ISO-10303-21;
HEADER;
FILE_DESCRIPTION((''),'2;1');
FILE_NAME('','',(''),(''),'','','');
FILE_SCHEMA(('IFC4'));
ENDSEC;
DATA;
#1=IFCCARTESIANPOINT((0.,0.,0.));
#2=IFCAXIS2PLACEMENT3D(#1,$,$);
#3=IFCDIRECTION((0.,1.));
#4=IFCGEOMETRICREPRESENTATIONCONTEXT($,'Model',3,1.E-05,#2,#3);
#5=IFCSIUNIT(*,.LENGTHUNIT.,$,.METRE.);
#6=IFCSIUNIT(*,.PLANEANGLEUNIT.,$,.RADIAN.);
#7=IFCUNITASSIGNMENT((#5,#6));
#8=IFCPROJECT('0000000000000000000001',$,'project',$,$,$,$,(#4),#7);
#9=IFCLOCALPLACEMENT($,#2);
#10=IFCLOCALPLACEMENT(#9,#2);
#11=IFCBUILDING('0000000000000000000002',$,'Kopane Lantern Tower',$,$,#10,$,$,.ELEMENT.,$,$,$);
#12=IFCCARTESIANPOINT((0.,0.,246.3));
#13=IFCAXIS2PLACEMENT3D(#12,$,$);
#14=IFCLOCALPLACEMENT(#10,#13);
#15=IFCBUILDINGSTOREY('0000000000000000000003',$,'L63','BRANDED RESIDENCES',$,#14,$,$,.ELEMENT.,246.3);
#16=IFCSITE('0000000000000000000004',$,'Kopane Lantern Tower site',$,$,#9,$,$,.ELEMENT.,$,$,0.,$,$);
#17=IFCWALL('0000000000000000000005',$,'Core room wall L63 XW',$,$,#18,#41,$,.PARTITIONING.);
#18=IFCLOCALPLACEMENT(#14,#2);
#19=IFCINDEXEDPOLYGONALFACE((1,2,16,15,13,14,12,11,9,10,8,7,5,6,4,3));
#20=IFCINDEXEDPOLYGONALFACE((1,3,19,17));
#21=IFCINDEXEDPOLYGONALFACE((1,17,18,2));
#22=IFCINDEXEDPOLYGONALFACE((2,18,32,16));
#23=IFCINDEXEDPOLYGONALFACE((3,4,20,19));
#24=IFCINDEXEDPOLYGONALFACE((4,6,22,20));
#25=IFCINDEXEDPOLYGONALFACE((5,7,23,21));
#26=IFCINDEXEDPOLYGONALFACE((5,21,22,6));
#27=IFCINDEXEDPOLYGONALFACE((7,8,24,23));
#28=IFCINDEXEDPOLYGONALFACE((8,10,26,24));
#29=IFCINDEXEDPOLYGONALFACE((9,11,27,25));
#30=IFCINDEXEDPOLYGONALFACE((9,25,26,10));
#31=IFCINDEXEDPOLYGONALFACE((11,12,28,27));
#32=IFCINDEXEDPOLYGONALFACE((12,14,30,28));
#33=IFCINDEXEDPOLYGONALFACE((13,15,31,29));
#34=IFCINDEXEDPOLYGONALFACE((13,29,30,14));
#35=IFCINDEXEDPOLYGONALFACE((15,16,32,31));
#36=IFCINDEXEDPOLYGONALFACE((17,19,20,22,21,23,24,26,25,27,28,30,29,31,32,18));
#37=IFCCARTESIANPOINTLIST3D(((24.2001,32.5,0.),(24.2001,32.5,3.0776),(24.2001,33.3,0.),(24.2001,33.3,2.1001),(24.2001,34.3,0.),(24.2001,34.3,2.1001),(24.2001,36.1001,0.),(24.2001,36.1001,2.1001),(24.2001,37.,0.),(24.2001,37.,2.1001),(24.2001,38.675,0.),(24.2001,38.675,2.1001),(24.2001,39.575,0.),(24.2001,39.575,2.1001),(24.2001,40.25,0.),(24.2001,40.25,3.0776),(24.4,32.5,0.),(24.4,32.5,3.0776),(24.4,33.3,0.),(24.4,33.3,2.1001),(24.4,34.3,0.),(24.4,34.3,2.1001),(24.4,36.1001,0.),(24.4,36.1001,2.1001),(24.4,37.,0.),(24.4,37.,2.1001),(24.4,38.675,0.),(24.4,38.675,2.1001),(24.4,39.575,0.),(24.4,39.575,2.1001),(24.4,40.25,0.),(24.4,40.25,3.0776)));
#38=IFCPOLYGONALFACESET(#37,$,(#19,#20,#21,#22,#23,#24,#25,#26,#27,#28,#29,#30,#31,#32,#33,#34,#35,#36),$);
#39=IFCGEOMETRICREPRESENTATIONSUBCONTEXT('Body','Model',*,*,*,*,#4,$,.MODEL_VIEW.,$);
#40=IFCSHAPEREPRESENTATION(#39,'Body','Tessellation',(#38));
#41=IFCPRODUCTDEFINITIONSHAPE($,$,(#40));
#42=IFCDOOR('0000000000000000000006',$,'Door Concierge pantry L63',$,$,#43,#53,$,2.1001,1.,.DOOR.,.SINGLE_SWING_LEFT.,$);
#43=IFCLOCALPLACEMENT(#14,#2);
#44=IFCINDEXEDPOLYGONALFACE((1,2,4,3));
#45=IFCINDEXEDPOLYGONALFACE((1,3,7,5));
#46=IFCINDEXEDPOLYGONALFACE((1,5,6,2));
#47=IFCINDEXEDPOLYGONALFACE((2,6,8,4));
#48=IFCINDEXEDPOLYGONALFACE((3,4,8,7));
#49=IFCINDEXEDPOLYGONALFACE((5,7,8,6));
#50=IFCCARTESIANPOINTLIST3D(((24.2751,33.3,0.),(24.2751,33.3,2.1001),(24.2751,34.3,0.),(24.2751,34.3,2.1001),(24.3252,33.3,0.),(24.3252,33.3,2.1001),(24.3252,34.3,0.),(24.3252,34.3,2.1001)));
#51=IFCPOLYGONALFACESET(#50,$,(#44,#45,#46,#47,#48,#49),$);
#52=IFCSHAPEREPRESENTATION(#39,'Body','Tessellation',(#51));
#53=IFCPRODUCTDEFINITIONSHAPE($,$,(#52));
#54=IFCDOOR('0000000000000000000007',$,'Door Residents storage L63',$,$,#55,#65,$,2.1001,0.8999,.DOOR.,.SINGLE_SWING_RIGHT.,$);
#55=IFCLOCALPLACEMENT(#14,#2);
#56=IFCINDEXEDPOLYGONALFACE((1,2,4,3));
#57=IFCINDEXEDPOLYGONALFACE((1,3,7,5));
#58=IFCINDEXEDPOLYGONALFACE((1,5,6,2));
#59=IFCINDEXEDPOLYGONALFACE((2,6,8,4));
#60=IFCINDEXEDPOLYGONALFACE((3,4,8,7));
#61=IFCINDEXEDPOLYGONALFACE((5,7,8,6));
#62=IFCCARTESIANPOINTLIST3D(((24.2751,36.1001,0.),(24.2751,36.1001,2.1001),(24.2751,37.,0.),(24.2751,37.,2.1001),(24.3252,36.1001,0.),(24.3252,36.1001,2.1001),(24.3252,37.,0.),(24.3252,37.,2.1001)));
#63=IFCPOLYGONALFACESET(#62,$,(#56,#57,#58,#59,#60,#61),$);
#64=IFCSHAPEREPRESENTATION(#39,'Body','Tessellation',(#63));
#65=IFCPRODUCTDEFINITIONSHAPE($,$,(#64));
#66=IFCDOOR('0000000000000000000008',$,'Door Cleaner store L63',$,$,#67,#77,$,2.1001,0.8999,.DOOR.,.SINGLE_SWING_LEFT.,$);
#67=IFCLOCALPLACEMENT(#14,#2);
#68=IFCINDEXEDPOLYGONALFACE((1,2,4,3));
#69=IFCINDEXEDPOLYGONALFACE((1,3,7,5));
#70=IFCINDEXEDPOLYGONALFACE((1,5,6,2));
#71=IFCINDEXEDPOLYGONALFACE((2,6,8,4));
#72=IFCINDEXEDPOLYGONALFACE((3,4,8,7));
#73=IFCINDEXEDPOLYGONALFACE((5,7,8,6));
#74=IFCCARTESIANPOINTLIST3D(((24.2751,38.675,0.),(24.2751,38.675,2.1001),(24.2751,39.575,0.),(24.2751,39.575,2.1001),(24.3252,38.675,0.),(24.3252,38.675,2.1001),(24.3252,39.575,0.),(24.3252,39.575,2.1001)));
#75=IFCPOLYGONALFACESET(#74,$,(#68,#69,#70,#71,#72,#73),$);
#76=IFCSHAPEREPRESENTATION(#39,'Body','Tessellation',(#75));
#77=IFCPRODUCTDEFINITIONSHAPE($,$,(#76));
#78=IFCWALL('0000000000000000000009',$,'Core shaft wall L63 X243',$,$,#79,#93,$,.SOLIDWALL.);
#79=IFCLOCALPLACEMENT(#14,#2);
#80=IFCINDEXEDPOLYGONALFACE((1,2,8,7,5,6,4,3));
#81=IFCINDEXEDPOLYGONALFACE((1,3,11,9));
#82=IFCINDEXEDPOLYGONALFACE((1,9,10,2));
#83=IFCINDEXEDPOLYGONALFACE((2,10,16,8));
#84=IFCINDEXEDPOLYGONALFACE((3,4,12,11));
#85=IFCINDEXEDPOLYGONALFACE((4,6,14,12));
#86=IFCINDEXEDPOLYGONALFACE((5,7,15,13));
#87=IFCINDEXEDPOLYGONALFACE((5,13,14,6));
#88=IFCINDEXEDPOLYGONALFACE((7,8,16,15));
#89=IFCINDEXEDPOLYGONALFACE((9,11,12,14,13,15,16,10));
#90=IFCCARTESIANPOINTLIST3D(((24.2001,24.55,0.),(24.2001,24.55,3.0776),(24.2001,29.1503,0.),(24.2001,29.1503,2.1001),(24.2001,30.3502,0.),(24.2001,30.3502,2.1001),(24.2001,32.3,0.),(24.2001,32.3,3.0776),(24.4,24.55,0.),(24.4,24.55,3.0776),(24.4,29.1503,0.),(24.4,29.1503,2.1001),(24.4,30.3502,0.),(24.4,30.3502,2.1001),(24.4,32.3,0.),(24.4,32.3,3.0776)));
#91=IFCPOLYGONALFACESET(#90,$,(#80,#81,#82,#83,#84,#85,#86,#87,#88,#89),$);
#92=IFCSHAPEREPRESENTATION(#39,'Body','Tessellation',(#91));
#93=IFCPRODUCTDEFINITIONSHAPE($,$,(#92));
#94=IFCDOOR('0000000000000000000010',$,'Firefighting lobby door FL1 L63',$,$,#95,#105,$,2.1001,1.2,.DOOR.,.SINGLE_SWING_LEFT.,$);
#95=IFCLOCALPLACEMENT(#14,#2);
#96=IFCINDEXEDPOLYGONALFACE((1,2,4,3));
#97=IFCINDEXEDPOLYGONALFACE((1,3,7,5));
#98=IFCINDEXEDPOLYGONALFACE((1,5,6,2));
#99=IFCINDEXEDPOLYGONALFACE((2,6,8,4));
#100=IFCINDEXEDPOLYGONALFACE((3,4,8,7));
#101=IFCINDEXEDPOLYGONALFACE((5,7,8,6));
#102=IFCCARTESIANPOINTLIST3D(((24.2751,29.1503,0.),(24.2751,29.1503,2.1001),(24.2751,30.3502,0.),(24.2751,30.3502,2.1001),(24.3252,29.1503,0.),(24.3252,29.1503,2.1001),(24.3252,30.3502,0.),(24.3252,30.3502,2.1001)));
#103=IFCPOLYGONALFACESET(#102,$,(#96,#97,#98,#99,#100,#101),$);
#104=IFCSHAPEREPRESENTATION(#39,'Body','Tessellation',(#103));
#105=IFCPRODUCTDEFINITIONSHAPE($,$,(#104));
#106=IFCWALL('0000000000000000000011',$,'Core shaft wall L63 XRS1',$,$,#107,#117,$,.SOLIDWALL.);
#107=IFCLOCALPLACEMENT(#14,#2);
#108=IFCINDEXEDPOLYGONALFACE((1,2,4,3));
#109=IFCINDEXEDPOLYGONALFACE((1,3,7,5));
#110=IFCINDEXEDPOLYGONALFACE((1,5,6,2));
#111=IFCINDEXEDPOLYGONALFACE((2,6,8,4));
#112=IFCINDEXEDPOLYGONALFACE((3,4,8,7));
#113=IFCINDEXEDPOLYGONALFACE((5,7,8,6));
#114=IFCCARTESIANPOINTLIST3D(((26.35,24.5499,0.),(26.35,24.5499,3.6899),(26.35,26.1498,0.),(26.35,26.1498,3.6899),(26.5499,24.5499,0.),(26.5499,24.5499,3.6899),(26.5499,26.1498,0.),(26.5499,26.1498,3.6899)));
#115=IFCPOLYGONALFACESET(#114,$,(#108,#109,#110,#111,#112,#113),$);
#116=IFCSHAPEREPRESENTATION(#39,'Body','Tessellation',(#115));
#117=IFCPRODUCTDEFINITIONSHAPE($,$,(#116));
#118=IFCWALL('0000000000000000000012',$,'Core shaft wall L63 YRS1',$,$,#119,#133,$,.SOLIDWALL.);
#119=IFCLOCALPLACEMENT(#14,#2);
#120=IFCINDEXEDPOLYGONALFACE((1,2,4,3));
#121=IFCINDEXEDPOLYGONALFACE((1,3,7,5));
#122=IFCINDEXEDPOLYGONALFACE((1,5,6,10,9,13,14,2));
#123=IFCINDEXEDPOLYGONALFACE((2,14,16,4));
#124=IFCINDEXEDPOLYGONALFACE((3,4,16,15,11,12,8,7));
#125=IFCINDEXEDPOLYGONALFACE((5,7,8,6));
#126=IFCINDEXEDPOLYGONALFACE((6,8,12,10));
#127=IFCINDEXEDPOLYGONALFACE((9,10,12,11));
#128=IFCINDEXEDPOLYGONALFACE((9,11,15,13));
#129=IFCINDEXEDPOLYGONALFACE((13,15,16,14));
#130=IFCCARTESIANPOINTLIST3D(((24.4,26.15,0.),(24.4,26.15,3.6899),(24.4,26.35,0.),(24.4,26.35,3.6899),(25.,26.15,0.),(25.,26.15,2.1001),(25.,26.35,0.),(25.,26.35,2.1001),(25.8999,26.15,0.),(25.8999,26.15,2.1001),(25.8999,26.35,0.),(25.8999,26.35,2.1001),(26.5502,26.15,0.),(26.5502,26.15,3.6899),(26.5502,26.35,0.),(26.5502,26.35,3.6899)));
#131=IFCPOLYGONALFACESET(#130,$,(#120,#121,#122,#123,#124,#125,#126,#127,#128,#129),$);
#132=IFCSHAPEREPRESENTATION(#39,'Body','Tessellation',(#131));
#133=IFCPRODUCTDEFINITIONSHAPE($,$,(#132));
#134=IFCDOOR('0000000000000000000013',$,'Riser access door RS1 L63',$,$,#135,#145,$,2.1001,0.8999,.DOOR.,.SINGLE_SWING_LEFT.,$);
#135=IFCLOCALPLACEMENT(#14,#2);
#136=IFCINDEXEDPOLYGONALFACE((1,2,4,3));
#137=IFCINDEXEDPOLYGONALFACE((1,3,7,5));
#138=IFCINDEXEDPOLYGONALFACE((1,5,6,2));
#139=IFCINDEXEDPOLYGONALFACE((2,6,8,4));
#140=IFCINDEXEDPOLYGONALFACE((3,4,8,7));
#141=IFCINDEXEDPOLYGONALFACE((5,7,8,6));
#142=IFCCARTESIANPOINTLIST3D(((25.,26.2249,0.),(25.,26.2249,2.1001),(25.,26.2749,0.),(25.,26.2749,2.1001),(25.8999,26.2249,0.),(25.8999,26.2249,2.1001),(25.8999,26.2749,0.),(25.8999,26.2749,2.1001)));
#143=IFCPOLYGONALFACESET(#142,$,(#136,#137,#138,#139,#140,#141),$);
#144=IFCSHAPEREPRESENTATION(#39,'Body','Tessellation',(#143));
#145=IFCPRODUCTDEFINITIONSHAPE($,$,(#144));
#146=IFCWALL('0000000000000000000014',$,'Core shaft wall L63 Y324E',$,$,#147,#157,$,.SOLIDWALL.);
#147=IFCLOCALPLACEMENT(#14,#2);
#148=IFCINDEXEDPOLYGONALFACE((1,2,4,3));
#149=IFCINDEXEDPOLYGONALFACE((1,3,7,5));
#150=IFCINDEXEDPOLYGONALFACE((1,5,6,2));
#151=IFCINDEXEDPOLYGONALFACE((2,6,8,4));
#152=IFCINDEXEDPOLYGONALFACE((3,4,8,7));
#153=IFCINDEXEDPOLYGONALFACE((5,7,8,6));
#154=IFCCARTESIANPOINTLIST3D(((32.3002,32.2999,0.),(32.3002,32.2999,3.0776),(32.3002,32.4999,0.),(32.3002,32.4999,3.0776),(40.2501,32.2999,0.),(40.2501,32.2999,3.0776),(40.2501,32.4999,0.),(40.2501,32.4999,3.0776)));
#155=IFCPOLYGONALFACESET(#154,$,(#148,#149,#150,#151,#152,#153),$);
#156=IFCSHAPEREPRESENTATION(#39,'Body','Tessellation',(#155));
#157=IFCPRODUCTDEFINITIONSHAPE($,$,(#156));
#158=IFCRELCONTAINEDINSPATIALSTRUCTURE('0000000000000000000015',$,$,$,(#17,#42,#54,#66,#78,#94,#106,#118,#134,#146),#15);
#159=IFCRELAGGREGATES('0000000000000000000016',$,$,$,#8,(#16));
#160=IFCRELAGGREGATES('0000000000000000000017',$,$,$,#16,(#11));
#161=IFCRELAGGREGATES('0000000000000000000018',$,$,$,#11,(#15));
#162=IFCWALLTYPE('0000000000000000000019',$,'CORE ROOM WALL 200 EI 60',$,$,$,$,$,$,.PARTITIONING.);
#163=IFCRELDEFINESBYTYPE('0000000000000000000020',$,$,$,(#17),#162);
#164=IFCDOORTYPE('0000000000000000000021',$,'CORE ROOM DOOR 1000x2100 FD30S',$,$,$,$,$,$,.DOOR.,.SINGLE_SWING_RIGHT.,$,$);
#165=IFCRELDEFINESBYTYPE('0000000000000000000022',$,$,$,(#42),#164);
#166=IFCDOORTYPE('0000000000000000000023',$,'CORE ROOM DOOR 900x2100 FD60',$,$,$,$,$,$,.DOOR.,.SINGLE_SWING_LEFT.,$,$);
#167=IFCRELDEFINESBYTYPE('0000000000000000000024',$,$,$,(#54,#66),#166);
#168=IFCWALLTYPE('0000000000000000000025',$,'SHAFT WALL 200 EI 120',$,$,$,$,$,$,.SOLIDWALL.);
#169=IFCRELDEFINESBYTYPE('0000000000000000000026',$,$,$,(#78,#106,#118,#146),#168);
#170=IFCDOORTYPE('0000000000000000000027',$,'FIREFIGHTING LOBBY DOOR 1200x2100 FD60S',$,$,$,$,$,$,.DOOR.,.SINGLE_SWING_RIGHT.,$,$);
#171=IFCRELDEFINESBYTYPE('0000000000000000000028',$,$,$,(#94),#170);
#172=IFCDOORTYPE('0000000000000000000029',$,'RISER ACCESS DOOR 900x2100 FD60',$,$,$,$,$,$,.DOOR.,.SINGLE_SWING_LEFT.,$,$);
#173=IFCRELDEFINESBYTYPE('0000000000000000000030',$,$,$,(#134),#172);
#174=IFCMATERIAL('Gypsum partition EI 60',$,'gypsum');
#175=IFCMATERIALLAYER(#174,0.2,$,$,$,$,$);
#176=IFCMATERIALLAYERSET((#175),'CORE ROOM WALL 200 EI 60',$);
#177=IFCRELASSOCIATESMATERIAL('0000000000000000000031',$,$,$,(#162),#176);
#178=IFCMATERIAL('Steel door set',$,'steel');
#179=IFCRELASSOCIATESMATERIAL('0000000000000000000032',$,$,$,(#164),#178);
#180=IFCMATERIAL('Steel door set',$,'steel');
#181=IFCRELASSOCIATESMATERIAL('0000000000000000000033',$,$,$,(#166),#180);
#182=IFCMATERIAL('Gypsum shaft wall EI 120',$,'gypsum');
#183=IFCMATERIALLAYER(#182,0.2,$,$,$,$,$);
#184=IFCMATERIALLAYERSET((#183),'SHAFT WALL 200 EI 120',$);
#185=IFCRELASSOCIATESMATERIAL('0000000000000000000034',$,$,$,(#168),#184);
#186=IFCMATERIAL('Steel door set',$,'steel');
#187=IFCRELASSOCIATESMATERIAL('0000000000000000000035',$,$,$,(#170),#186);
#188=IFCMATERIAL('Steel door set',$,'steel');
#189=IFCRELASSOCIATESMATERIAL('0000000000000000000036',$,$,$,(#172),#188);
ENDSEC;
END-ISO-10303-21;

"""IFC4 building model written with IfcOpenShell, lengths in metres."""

from ifc_helpers import new_model, si_unit, direction, frame, frame_2d, origin, place, context, subcontext, project, spatial, rectangle, extrude, material, layer, layer_set, type_object, element, fill, save


model = new_model("IFC4")

# Units and contexts
model_context = context("Model", 3, precision=1e-05, world=origin(), true_north=direction((0.0, 1.0)))
body_context = subcontext(model_context, "Body", "Model", "MODEL_VIEW")
ifc_project = project(units=[si_unit("LENGTHUNIT", "METRE"), si_unit("PLANEANGLEUNIT", "RADIAN")], contexts=[model_context])

# Site, building, storey
site_placement = place(None, origin())
site = spatial("IfcSite", under=ifc_project, at=site_placement, Name="Kopane Lantern Tower site", CompositionType="ELEMENT", RefElevation=0.0)
building_placement = place(site_placement, origin())
building = spatial("IfcBuilding", under=site, at=building_placement, Name="Kopane Lantern Tower", CompositionType="ELEMENT")
storey_placement = place(building_placement, frame((0.0, 0.0, 246.3)))
storey = spatial("IfcBuildingStorey", under=building, at=storey_placement, Name="L63", Description="BRANDED RESIDENCES", CompositionType="ELEMENT", Elevation=246.3)

# Wall, openings, doors
ifc_material_1 = material(Name="Gypsum partition EI 60", Category="gypsum")
ifc_layer_1 = layer(ifc_material_1, 0.2)
ifc_layer_set_1 = layer_set([ifc_layer_1], Name="CORE ROOM WALL 200 EI 60")
wall_type_1 = type_object("IfcWallType", Name="CORE ROOM WALL 200 EI 60", PredefinedType="PARTITIONING", material=ifc_layer_set_1)
wall_1_placement = place(storey_placement, frame((24.3, 32.5, 0.0), z_axis=(0.0, 0.0, 1.0), x_axis=(0.0, 1.0, 0.0)))
wall_1 = element("IfcWall", 1, at=wall_1_placement, inside=storey, type_object=wall_type_1, Name="Core room wall L63 XW", PredefinedType="PARTITIONING", context=body_context, shape_type="SweptSolid", body=[
    extrude(rectangle(XDim=7.75, YDim=0.2, at=frame_2d((3.875, 0.0))), origin(), (0.0, 0.0, 1.0), 3.0776),
])
opening_1_placement = place(wall_1_placement, frame((0.8, 0.0, 0.0)))
opening_1 = element("IfcOpeningElement", 2, at=opening_1_placement, cuts=wall_1, PredefinedType="OPENING", context=body_context, shape_type="SweptSolid", body=[
    extrude(rectangle(XDim=1.0, YDim=2.1001, at=frame_2d((0.5, 1.05))), frame((0.0, 0.1099, 0.0), z_axis=(0.0, -1.0, 0.0), x_axis=(1.0, 0.0, 0.0)), (0.0, 0.0, 1.0), 0.22),
])
opening_2_placement = place(wall_1_placement, frame((3.6001, 0.0, 0.0)))
opening_2 = element("IfcOpeningElement", 3, at=opening_2_placement, cuts=wall_1, PredefinedType="OPENING", context=body_context, shape_type="SweptSolid", body=[
    extrude(rectangle(XDim=0.8999, YDim=2.1001, at=frame_2d((0.45, 1.05))), frame((0.0, 0.1099, 0.0), z_axis=(0.0, -1.0, 0.0), x_axis=(1.0, 0.0, 0.0)), (0.0, 0.0, 1.0), 0.22),
])
opening_3_placement = place(wall_1_placement, frame((6.175, 0.0, 0.0)))
opening_3 = element("IfcOpeningElement", 4, at=opening_3_placement, cuts=wall_1, PredefinedType="OPENING", context=body_context, shape_type="SweptSolid", body=[
    extrude(rectangle(XDim=0.8999, YDim=2.1001, at=frame_2d((0.45, 1.05))), frame((0.0, 0.1099, 0.0), z_axis=(0.0, -1.0, 0.0), x_axis=(1.0, 0.0, 0.0)), (0.0, 0.0, 1.0), 0.22),
])
ifc_material_2 = material(Name="Steel door set", Category="steel")
door_type_1 = type_object("IfcDoorType", Name="CORE ROOM DOOR 1000x2100 FD30S", OperationType="SINGLE_SWING_RIGHT", PredefinedType="DOOR", material=ifc_material_2)
door_1_placement = place(opening_1_placement, origin())
door_1 = element("IfcDoor", 5, at=door_1_placement, inside=storey, type_object=door_type_1, Name="Door Concierge pantry L63", OperationType="SINGLE_SWING_LEFT", OverallHeight=2.1001, OverallWidth=1.0, PredefinedType="DOOR", context=body_context, shape_type="SweptSolid", body=[
    extrude(rectangle(XDim=1.0, YDim=2.1001, at=frame_2d((0.5, 1.05))), frame((0.0, 0.0249, 0.0), z_axis=(0.0, -1.0, 0.0), x_axis=(1.0, 0.0, 0.0)), (0.0, 0.0, 1.0), 0.05),
])
fill(opening_1, door_1)
ifc_material_3 = material(Name="Steel door set", Category="steel")
door_type_2 = type_object("IfcDoorType", Name="CORE ROOM DOOR 900x2100 FD60", OperationType="SINGLE_SWING_LEFT", PredefinedType="DOOR", material=ifc_material_3)
door_2_placement = place(opening_2_placement, origin())
door_2 = element("IfcDoor", 6, at=door_2_placement, inside=storey, type_object=door_type_2, Name="Door Residents storage L63", OperationType="SINGLE_SWING_RIGHT", OverallHeight=2.1001, OverallWidth=0.8999, PredefinedType="DOOR", context=body_context, shape_type="SweptSolid", body=[
    extrude(rectangle(XDim=0.8999, YDim=2.1001, at=frame_2d((0.45, 1.05))), frame((0.0, 0.0249, 0.0), z_axis=(0.0, -1.0, 0.0), x_axis=(1.0, 0.0, 0.0)), (0.0, 0.0, 1.0), 0.05),
])
fill(opening_2, door_2)
door_3_placement = place(opening_3_placement, origin())
door_3 = element("IfcDoor", 7, at=door_3_placement, inside=storey, type_object=door_type_2, Name="Door Cleaner store L63", OperationType="SINGLE_SWING_LEFT", OverallHeight=2.1001, OverallWidth=0.8999, PredefinedType="DOOR", context=body_context, shape_type="SweptSolid", body=[
    extrude(rectangle(XDim=0.8999, YDim=2.1001, at=frame_2d((0.45, 1.05))), frame((0.0, 0.0249, 0.0), z_axis=(0.0, -1.0, 0.0), x_axis=(1.0, 0.0, 0.0)), (0.0, 0.0, 1.0), 0.05),
])
fill(opening_3, door_3)

# Wall, opening, door
ifc_material_4 = material(Name="Gypsum shaft wall EI 120", Category="gypsum")
ifc_layer_2 = layer(ifc_material_4, 0.2)
ifc_layer_set_2 = layer_set([ifc_layer_2], Name="SHAFT WALL 200 EI 120")
wall_type_2 = type_object("IfcWallType", Name="SHAFT WALL 200 EI 120", PredefinedType="SOLIDWALL", material=ifc_layer_set_2)
wall_2_placement = place(storey_placement, frame((24.3, 24.55, 0.0), z_axis=(0.0, 0.0, 1.0), x_axis=(0.0, 1.0, 0.0)))
wall_2 = element("IfcWall", 8, at=wall_2_placement, inside=storey, type_object=wall_type_2, Name="Core shaft wall L63 X243", PredefinedType="SOLIDWALL", context=body_context, shape_type="SweptSolid", body=[
    extrude(rectangle(XDim=7.75, YDim=0.2, at=frame_2d((3.875, 0.0))), origin(), (0.0, 0.0, 1.0), 3.0776),
])
opening_4_placement = place(wall_2_placement, frame((4.6001, 0.0, 0.0)))
opening_4 = element("IfcOpeningElement", 9, at=opening_4_placement, cuts=wall_2, PredefinedType="OPENING", context=body_context, shape_type="SweptSolid", body=[
    extrude(rectangle(XDim=1.2, YDim=2.1001, at=frame_2d((0.6001, 1.05))), frame((0.0, 0.1099, 0.0), z_axis=(0.0, -1.0, 0.0), x_axis=(1.0, 0.0, 0.0)), (0.0, 0.0, 1.0), 0.22),
])
ifc_material_5 = material(Name="Steel door set", Category="steel")
door_type_3 = type_object("IfcDoorType", Name="FIREFIGHTING LOBBY DOOR 1200x2100 FD60S", OperationType="SINGLE_SWING_RIGHT", PredefinedType="DOOR", material=ifc_material_5)
door_4_placement = place(opening_4_placement, origin())
door_4 = element("IfcDoor", 10, at=door_4_placement, inside=storey, type_object=door_type_3, Name="Firefighting lobby door FL1 L63", OperationType="SINGLE_SWING_LEFT", OverallHeight=2.1001, OverallWidth=1.2, PredefinedType="DOOR", context=body_context, shape_type="SweptSolid", body=[
    extrude(rectangle(XDim=1.2, YDim=2.1001, at=frame_2d((0.6001, 1.05))), frame((0.0, 0.0249, 0.0), z_axis=(0.0, -1.0, 0.0), x_axis=(1.0, 0.0, 0.0)), (0.0, 0.0, 1.0), 0.05),
])
fill(opening_4, door_4)

# Wall
wall_3_placement = place(storey_placement, frame((26.45, 24.55, 0.0), z_axis=(0.0, 0.0, 1.0), x_axis=(0.0, 1.0, 0.0)))
element("IfcWall", 11, at=wall_3_placement, inside=storey, type_object=wall_type_2, Name="Core shaft wall L63 XRS1", PredefinedType="SOLIDWALL", context=body_context, shape_type="SweptSolid", body=[
    extrude(rectangle(XDim=1.5999, YDim=0.2, at=frame_2d((0.7998, 0.0))), origin(), (0.0, 0.0, 1.0), 3.6899),
])

# Wall, opening, door
wall_4_placement = place(storey_placement, frame((24.3999, 26.25, 0.0), z_axis=(0.0, 0.0, 1.0), x_axis=(1.0, 0.0, 0.0)))
wall_4 = element("IfcWall", 12, at=wall_4_placement, inside=storey, type_object=wall_type_2, Name="Core shaft wall L63 YRS1", PredefinedType="SOLIDWALL", context=body_context, shape_type="SweptSolid", body=[
    extrude(rectangle(XDim=2.1501, YDim=0.2, at=frame_2d((1.0752, 0.0))), origin(), (0.0, 0.0, 1.0), 3.6899),
])
opening_5_placement = place(wall_4_placement, frame((0.6001, 0.0, 0.0)))
opening_5 = element("IfcOpeningElement", 13, at=opening_5_placement, cuts=wall_4, PredefinedType="OPENING", context=body_context, shape_type="SweptSolid", body=[
    extrude(rectangle(XDim=0.8999, YDim=2.1001, at=frame_2d((0.45, 1.05))), frame((0.0, 0.1099, 0.0), z_axis=(0.0, -1.0, 0.0), x_axis=(1.0, 0.0, 0.0)), (0.0, 0.0, 1.0), 0.22),
])
ifc_material_6 = material(Name="Steel door set", Category="steel")
door_type_4 = type_object("IfcDoorType", Name="RISER ACCESS DOOR 900x2100 FD60", OperationType="SINGLE_SWING_LEFT", PredefinedType="DOOR", material=ifc_material_6)
door_5_placement = place(opening_5_placement, origin())
door_5 = element("IfcDoor", 14, at=door_5_placement, inside=storey, type_object=door_type_4, Name="Riser access door RS1 L63", OperationType="SINGLE_SWING_LEFT", OverallHeight=2.1001, OverallWidth=0.8999, PredefinedType="DOOR", context=body_context, shape_type="SweptSolid", body=[
    extrude(rectangle(XDim=0.8999, YDim=2.1001, at=frame_2d((0.45, 1.05))), frame((0.0, 0.0249, 0.0), z_axis=(0.0, -1.0, 0.0), x_axis=(1.0, 0.0, 0.0)), (0.0, 0.0, 1.0), 0.05),
])
fill(opening_5, door_5)

# Wall
wall_5_placement = place(storey_placement, frame((32.3, 32.3999, 0.0), z_axis=(0.0, 0.0, 1.0), x_axis=(1.0, 0.0, 0.0)))
element("IfcWall", 15, at=wall_5_placement, inside=storey, type_object=wall_type_2, Name="Core shaft wall L63 Y324E", PredefinedType="SOLIDWALL", context=body_context, shape_type="SweptSolid", body=[
    extrude(rectangle(XDim=7.95, YDim=0.2, at=frame_2d((3.9751, 0.0))), origin(), (0.0, 0.0, 1.0), 3.0776),
])

save(model, "model.ifc")
